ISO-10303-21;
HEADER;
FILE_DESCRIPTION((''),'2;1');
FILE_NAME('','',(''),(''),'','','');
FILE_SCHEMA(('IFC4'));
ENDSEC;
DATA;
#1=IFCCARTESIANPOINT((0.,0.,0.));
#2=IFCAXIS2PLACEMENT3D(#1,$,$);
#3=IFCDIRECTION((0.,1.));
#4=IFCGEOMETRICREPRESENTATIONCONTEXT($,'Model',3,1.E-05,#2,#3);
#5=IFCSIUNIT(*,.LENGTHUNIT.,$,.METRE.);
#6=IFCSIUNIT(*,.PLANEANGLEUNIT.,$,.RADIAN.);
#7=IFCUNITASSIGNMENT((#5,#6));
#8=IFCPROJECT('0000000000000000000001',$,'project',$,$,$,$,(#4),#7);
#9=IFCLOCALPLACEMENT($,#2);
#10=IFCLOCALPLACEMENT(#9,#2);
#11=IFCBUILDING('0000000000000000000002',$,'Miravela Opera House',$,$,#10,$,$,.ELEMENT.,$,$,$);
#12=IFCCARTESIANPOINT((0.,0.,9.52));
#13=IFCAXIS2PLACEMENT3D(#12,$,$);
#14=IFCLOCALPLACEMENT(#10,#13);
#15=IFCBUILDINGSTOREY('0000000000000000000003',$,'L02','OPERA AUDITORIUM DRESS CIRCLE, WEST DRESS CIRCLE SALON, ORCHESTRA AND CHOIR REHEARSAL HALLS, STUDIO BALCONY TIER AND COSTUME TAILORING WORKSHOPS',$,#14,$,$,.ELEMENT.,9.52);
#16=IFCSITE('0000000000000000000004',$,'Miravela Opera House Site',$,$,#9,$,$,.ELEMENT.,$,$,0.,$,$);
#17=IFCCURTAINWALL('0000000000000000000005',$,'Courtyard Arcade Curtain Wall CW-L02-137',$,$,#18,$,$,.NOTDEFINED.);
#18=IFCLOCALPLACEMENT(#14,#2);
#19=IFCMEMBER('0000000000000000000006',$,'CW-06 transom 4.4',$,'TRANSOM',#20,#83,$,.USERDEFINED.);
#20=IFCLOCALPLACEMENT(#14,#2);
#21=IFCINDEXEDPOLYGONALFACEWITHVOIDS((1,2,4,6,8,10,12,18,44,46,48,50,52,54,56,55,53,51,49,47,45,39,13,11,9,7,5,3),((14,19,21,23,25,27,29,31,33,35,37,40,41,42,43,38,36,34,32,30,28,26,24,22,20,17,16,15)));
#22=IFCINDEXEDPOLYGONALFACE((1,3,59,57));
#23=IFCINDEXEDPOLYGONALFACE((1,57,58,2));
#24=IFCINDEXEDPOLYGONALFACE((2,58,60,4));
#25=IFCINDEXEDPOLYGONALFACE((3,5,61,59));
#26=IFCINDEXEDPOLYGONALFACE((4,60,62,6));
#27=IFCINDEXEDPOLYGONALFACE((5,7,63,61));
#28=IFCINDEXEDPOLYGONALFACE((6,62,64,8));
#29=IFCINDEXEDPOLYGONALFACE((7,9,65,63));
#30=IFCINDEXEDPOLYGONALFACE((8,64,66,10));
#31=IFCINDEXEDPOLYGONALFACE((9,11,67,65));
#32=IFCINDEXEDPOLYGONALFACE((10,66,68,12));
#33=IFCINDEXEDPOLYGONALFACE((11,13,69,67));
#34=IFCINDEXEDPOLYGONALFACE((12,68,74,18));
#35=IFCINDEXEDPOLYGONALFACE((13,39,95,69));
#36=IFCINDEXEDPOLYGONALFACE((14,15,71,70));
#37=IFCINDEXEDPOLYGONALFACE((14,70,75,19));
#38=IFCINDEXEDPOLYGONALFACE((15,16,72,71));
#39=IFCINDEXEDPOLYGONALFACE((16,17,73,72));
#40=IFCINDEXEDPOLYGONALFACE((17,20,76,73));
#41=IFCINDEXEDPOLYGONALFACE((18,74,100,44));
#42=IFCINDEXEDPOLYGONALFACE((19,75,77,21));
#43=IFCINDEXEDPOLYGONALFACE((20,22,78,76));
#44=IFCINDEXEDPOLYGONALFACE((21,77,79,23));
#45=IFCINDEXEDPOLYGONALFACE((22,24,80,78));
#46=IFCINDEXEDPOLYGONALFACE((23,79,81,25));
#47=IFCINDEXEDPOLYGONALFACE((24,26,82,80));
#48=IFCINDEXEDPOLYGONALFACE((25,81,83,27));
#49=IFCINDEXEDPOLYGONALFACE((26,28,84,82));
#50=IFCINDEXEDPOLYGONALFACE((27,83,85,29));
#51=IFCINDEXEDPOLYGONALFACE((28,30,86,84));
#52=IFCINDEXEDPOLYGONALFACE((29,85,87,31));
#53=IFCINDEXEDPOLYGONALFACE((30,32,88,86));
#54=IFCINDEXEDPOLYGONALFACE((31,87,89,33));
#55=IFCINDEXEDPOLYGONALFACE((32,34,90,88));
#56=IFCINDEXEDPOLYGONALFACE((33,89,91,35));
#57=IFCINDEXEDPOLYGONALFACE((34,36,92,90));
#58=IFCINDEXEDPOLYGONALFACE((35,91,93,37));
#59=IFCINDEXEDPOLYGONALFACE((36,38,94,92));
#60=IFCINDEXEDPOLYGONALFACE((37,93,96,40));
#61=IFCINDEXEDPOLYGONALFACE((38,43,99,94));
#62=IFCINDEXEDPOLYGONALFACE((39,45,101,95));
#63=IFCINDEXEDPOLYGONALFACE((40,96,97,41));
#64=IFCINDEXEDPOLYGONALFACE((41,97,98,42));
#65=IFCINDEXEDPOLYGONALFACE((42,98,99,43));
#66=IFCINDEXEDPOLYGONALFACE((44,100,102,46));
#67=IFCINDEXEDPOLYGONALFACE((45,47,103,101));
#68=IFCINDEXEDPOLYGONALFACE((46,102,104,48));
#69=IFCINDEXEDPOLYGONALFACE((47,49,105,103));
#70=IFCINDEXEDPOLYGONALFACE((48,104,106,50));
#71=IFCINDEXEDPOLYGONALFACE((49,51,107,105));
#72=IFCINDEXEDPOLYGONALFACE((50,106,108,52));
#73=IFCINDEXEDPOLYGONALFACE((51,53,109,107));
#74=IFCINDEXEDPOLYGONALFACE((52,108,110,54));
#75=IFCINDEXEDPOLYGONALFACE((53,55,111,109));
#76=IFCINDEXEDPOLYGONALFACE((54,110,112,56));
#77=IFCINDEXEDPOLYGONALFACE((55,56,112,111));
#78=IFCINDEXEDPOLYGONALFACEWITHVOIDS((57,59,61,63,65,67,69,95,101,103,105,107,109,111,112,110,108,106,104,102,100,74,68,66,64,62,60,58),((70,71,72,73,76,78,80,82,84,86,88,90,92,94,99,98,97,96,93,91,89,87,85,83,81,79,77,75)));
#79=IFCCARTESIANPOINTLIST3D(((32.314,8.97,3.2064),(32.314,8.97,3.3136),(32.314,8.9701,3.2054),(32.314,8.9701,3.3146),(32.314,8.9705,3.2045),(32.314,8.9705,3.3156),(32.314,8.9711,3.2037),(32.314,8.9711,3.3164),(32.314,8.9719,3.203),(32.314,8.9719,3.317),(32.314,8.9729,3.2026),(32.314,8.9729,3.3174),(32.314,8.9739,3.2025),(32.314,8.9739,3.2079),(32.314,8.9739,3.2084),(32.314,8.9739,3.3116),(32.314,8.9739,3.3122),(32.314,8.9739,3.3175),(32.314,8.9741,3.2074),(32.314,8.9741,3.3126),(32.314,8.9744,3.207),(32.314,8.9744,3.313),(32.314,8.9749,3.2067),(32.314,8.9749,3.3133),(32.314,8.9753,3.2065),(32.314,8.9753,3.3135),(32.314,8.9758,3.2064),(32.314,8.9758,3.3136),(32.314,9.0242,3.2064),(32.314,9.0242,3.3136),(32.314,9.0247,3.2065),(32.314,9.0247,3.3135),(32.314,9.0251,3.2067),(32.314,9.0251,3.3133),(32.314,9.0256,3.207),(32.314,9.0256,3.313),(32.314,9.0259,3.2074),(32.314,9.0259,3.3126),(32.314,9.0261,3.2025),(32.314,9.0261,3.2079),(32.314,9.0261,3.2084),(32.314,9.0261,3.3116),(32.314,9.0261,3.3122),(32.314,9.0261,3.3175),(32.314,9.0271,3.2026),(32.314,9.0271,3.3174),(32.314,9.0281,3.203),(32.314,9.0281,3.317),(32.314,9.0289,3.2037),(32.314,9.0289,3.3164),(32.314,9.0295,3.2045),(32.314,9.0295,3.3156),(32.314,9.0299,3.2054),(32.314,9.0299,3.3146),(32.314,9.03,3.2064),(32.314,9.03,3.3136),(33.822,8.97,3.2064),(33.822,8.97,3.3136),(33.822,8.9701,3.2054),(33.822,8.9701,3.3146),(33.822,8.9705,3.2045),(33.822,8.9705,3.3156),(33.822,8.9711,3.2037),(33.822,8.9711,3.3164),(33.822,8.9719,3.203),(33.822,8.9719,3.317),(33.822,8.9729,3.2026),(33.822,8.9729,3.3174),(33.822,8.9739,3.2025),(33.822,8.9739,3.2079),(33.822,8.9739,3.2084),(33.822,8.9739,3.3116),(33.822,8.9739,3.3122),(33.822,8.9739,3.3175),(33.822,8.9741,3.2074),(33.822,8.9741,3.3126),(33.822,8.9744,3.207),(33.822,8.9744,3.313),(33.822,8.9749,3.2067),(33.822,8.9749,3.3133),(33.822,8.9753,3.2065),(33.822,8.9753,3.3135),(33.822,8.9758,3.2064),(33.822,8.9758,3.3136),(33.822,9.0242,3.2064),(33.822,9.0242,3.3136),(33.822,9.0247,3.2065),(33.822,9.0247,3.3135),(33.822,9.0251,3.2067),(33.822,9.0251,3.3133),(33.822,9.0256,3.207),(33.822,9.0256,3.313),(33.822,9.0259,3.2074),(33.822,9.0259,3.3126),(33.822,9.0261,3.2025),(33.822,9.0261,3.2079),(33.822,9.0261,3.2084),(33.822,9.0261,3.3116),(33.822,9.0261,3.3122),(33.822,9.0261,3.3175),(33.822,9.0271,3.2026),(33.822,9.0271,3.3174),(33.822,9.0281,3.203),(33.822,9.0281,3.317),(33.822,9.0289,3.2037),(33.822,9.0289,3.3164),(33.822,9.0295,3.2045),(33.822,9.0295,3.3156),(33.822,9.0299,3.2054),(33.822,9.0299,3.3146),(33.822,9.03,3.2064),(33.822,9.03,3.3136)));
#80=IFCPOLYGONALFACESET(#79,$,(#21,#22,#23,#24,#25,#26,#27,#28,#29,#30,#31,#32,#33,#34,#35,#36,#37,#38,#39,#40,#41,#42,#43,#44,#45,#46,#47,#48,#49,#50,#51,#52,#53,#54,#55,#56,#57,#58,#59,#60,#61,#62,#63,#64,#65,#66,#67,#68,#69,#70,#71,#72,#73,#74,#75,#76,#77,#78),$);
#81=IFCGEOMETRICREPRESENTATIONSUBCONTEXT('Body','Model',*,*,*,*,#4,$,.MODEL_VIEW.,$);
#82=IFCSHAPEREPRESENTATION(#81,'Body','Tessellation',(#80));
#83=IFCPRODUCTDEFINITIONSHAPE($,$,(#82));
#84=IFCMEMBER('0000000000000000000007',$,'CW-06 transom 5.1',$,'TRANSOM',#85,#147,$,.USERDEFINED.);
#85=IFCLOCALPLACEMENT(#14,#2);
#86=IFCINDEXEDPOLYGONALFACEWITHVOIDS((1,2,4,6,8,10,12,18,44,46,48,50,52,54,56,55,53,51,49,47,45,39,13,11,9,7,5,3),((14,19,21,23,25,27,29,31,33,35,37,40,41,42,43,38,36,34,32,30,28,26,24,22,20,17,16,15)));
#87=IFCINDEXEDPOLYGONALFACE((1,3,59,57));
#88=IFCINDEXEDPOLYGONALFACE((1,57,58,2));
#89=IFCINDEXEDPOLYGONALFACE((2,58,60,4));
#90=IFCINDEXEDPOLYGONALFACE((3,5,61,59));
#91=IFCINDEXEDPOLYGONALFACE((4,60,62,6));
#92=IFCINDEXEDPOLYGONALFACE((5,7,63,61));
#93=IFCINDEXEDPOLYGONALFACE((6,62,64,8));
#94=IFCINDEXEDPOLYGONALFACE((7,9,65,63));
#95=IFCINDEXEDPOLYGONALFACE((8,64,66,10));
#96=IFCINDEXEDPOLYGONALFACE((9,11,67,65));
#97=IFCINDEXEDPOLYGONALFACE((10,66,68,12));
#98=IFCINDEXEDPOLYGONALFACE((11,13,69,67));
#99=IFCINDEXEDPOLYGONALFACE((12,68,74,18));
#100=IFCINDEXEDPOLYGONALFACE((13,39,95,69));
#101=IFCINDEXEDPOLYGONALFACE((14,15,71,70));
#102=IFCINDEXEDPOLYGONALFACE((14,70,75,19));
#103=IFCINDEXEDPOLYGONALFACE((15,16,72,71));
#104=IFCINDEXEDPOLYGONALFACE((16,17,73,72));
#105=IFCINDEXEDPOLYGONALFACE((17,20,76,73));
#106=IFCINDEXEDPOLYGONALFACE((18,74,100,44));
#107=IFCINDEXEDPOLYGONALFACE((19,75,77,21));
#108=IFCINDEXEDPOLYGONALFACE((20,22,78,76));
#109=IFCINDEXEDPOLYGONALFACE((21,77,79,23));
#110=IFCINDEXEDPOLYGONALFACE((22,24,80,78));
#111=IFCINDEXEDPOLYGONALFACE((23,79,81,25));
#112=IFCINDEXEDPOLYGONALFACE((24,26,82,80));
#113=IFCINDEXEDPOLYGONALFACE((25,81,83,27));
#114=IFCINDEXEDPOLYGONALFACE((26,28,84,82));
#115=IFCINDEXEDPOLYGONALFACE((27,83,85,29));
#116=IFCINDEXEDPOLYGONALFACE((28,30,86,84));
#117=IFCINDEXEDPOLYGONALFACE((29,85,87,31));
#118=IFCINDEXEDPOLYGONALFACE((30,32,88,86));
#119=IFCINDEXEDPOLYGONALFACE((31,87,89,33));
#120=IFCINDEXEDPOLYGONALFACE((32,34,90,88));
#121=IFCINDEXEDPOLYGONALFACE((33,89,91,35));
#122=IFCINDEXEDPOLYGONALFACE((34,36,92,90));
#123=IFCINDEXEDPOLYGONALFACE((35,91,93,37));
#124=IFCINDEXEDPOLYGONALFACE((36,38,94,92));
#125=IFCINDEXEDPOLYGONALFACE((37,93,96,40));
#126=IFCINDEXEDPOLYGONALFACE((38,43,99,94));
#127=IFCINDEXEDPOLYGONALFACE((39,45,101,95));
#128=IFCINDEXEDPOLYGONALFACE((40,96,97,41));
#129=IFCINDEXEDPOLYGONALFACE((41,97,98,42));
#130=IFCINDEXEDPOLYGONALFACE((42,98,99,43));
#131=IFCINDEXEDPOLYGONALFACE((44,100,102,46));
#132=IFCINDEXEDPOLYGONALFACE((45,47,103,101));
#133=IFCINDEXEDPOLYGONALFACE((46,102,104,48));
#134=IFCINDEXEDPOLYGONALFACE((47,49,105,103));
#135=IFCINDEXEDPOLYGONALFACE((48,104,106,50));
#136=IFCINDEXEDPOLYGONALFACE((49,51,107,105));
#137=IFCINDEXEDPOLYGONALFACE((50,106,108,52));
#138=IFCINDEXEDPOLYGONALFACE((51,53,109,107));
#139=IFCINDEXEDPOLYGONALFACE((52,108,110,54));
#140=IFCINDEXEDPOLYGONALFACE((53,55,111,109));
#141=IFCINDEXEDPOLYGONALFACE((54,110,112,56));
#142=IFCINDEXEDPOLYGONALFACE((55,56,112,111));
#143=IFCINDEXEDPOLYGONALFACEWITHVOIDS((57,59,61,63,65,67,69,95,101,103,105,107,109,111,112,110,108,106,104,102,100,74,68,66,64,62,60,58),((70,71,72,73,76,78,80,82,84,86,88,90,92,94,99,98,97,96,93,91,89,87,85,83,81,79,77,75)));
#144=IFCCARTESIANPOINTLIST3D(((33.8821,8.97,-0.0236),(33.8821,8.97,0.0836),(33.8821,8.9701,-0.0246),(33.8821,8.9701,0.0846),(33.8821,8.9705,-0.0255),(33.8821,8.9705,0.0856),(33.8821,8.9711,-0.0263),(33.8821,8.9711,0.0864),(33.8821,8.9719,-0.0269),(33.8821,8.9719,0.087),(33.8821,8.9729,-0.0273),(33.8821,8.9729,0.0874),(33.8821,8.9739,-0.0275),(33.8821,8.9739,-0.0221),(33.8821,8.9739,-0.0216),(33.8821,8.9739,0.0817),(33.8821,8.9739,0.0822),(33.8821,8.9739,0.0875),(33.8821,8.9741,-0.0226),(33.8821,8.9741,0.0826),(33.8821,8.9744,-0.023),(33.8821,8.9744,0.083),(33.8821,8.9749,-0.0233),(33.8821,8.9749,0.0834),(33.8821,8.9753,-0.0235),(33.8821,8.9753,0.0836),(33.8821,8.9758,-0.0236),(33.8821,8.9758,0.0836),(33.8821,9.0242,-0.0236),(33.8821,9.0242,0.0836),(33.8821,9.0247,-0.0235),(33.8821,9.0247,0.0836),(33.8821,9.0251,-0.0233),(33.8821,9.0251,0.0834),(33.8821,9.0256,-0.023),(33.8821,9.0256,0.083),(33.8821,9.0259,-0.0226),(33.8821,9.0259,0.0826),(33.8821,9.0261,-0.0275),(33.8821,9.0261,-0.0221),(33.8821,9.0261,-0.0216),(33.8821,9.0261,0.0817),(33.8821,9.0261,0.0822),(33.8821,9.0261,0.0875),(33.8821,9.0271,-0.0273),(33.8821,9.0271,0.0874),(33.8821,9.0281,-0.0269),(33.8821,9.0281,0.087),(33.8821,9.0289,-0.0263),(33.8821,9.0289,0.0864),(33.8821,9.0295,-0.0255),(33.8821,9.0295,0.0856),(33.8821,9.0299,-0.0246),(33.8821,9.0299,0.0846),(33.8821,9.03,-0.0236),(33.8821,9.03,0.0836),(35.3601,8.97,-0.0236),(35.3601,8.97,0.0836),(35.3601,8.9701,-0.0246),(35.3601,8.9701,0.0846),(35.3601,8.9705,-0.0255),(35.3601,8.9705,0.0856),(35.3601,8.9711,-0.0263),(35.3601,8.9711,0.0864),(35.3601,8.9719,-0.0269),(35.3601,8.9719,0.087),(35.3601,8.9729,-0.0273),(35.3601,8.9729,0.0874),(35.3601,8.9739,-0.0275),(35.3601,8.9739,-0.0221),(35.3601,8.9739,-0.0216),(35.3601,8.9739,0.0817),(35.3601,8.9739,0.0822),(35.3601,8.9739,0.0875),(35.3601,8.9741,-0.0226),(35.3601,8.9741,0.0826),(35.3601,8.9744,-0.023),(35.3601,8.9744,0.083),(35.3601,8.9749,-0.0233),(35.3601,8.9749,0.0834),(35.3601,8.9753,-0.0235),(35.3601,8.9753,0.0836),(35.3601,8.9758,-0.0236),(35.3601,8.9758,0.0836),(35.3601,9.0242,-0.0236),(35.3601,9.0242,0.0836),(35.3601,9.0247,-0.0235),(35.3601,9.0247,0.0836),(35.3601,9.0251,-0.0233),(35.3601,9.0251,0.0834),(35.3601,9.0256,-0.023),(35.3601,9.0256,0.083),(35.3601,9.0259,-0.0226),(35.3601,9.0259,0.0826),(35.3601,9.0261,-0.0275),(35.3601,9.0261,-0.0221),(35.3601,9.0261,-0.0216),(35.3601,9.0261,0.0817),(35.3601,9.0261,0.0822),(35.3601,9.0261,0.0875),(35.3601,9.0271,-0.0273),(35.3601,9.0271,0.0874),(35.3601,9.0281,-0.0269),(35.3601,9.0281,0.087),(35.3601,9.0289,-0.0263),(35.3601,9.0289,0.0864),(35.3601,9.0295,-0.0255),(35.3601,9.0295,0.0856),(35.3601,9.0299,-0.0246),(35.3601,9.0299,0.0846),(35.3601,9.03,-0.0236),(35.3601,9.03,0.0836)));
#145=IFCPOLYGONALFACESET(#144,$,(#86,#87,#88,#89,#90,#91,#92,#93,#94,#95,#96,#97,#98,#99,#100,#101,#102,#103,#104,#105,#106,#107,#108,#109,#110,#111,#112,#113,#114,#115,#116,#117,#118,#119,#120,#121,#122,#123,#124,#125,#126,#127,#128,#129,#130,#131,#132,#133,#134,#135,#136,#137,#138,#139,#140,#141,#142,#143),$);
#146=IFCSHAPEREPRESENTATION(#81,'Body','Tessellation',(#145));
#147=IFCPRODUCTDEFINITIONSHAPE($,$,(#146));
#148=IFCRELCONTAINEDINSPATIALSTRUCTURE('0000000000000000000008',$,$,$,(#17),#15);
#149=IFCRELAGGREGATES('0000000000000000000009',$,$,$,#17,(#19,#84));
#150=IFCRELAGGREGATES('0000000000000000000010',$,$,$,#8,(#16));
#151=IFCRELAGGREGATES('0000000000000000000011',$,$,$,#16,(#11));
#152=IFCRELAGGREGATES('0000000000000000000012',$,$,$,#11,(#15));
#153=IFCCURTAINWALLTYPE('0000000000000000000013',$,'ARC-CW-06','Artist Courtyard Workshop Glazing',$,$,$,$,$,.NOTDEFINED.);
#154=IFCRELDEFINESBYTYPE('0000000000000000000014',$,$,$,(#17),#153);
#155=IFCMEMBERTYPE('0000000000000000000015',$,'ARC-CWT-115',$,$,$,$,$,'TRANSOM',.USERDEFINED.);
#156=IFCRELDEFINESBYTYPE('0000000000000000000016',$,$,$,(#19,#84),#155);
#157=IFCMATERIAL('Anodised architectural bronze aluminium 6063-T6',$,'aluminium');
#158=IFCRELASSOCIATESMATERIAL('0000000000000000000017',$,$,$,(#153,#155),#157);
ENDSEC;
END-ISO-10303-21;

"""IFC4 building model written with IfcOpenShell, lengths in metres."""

from ifc_helpers import new_model, si_unit, direction, frame, origin, origin_2d, place, context, subcontext, project, spatial, hollow_rectangle, extrude, material, material_profile, profile_set, type_object, element, aggregate, save


model = new_model("IFC4")

# Units and contexts
model_context = context("Model", 3, precision=1e-05, world=origin(), true_north=direction((0.0, 1.0)))
body_context = subcontext(model_context, "Body", "Model", "MODEL_VIEW")
ifc_project = project(units=[si_unit("LENGTHUNIT", "METRE"), si_unit("PLANEANGLEUNIT", "RADIAN")], contexts=[model_context])

# Site, building, storey
site_placement = place(None, origin())
site = spatial("IfcSite", under=ifc_project, at=site_placement, Name="Miravela Opera House Site", CompositionType="ELEMENT", RefElevation=0.0)
building_placement = place(site_placement, origin())
building = spatial("IfcBuilding", under=site, at=building_placement, Name="Miravela Opera House", CompositionType="ELEMENT")
storey_placement = place(building_placement, frame((0.0, 0.0, 9.52)))
storey = spatial("IfcBuildingStorey", under=building, at=storey_placement, Name="L02", Description="OPERA AUDITORIUM DRESS CIRCLE, WEST DRESS CIRCLE SALON, ORCHESTRA AND CHOIR REHEARSAL HALLS, STUDIO BALCONY TIER AND COSTUME TAILORING WORKSHOPS", CompositionType="ELEMENT", Elevation=9.52)

# Curtain wall, members
ifc_material_1 = material(Name="Anodised architectural bronze aluminium 6063-T6", Category="aluminium")
curtain_wall_type = type_object("IfcCurtainWallType", Name="ARC-CW-06", Description="Artist Courtyard Workshop Glazing", PredefinedType="NOTDEFINED", material=ifc_material_1)
curtain_wall_placement = place(storey_placement, origin())
curtain_wall = element("IfcCurtainWall", 1, at=curtain_wall_placement, inside=storey, type_object=curtain_wall_type, Name="Courtyard Arcade Curtain Wall CW-L02-137", PredefinedType="NOTDEFINED")
ifc_material_profile_1 = material_profile(ifc_material_1, hollow_rectangle(XDim=0.0601, YDim=0.115, WallThickness=0.0039, InnerFilletRadius=0.002, OuterFilletRadius=0.0039, at=origin_2d()), Name="CWT-60X115")
ifc_profile_set_1 = profile_set([ifc_material_profile_1])
member_type_1 = type_object("IfcMemberType", Name="ARC-CWT-115", ElementType="TRANSOM", PredefinedType="USERDEFINED", material=ifc_profile_set_1)
member_1_placement = place(storey_placement, frame((32.314, 9.0, 3.26), z_axis=(1.0, 0.0, 0.0), x_axis=(0.0, 1.0, 0.0)))
member_1 = element("IfcMember", 2, at=member_1_placement, type_object=member_type_1, Name="CW-06 transom 4.4", ObjectType="TRANSOM", PredefinedType="USERDEFINED", context=body_context, shape_type="SweptSolid", body=[
    extrude(hollow_rectangle(XDim=0.0601, YDim=0.115, WallThickness=0.0039, InnerFilletRadius=0.002, OuterFilletRadius=0.0039, at=origin_2d()), origin(), (0.0, 0.0, 1.0), 1.5081),
])
member_2_placement = place(storey_placement, frame((33.8821, 9.0, 0.03), z_axis=(1.0, 0.0, 0.0), x_axis=(0.0, 1.0, 0.0)))
member_2 = element("IfcMember", 3, at=member_2_placement, type_object=member_type_1, Name="CW-06 transom 5.1", ObjectType="TRANSOM", PredefinedType="USERDEFINED", context=body_context, shape_type="SweptSolid", body=[
    extrude(hollow_rectangle(XDim=0.0601, YDim=0.115, WallThickness=0.0039, InnerFilletRadius=0.002, OuterFilletRadius=0.0039, at=origin_2d()), origin(), (0.0, 0.0, 1.0), 1.478),
])
aggregate(curtain_wall, [member_1, member_2])

save(model, "model.ifc")
